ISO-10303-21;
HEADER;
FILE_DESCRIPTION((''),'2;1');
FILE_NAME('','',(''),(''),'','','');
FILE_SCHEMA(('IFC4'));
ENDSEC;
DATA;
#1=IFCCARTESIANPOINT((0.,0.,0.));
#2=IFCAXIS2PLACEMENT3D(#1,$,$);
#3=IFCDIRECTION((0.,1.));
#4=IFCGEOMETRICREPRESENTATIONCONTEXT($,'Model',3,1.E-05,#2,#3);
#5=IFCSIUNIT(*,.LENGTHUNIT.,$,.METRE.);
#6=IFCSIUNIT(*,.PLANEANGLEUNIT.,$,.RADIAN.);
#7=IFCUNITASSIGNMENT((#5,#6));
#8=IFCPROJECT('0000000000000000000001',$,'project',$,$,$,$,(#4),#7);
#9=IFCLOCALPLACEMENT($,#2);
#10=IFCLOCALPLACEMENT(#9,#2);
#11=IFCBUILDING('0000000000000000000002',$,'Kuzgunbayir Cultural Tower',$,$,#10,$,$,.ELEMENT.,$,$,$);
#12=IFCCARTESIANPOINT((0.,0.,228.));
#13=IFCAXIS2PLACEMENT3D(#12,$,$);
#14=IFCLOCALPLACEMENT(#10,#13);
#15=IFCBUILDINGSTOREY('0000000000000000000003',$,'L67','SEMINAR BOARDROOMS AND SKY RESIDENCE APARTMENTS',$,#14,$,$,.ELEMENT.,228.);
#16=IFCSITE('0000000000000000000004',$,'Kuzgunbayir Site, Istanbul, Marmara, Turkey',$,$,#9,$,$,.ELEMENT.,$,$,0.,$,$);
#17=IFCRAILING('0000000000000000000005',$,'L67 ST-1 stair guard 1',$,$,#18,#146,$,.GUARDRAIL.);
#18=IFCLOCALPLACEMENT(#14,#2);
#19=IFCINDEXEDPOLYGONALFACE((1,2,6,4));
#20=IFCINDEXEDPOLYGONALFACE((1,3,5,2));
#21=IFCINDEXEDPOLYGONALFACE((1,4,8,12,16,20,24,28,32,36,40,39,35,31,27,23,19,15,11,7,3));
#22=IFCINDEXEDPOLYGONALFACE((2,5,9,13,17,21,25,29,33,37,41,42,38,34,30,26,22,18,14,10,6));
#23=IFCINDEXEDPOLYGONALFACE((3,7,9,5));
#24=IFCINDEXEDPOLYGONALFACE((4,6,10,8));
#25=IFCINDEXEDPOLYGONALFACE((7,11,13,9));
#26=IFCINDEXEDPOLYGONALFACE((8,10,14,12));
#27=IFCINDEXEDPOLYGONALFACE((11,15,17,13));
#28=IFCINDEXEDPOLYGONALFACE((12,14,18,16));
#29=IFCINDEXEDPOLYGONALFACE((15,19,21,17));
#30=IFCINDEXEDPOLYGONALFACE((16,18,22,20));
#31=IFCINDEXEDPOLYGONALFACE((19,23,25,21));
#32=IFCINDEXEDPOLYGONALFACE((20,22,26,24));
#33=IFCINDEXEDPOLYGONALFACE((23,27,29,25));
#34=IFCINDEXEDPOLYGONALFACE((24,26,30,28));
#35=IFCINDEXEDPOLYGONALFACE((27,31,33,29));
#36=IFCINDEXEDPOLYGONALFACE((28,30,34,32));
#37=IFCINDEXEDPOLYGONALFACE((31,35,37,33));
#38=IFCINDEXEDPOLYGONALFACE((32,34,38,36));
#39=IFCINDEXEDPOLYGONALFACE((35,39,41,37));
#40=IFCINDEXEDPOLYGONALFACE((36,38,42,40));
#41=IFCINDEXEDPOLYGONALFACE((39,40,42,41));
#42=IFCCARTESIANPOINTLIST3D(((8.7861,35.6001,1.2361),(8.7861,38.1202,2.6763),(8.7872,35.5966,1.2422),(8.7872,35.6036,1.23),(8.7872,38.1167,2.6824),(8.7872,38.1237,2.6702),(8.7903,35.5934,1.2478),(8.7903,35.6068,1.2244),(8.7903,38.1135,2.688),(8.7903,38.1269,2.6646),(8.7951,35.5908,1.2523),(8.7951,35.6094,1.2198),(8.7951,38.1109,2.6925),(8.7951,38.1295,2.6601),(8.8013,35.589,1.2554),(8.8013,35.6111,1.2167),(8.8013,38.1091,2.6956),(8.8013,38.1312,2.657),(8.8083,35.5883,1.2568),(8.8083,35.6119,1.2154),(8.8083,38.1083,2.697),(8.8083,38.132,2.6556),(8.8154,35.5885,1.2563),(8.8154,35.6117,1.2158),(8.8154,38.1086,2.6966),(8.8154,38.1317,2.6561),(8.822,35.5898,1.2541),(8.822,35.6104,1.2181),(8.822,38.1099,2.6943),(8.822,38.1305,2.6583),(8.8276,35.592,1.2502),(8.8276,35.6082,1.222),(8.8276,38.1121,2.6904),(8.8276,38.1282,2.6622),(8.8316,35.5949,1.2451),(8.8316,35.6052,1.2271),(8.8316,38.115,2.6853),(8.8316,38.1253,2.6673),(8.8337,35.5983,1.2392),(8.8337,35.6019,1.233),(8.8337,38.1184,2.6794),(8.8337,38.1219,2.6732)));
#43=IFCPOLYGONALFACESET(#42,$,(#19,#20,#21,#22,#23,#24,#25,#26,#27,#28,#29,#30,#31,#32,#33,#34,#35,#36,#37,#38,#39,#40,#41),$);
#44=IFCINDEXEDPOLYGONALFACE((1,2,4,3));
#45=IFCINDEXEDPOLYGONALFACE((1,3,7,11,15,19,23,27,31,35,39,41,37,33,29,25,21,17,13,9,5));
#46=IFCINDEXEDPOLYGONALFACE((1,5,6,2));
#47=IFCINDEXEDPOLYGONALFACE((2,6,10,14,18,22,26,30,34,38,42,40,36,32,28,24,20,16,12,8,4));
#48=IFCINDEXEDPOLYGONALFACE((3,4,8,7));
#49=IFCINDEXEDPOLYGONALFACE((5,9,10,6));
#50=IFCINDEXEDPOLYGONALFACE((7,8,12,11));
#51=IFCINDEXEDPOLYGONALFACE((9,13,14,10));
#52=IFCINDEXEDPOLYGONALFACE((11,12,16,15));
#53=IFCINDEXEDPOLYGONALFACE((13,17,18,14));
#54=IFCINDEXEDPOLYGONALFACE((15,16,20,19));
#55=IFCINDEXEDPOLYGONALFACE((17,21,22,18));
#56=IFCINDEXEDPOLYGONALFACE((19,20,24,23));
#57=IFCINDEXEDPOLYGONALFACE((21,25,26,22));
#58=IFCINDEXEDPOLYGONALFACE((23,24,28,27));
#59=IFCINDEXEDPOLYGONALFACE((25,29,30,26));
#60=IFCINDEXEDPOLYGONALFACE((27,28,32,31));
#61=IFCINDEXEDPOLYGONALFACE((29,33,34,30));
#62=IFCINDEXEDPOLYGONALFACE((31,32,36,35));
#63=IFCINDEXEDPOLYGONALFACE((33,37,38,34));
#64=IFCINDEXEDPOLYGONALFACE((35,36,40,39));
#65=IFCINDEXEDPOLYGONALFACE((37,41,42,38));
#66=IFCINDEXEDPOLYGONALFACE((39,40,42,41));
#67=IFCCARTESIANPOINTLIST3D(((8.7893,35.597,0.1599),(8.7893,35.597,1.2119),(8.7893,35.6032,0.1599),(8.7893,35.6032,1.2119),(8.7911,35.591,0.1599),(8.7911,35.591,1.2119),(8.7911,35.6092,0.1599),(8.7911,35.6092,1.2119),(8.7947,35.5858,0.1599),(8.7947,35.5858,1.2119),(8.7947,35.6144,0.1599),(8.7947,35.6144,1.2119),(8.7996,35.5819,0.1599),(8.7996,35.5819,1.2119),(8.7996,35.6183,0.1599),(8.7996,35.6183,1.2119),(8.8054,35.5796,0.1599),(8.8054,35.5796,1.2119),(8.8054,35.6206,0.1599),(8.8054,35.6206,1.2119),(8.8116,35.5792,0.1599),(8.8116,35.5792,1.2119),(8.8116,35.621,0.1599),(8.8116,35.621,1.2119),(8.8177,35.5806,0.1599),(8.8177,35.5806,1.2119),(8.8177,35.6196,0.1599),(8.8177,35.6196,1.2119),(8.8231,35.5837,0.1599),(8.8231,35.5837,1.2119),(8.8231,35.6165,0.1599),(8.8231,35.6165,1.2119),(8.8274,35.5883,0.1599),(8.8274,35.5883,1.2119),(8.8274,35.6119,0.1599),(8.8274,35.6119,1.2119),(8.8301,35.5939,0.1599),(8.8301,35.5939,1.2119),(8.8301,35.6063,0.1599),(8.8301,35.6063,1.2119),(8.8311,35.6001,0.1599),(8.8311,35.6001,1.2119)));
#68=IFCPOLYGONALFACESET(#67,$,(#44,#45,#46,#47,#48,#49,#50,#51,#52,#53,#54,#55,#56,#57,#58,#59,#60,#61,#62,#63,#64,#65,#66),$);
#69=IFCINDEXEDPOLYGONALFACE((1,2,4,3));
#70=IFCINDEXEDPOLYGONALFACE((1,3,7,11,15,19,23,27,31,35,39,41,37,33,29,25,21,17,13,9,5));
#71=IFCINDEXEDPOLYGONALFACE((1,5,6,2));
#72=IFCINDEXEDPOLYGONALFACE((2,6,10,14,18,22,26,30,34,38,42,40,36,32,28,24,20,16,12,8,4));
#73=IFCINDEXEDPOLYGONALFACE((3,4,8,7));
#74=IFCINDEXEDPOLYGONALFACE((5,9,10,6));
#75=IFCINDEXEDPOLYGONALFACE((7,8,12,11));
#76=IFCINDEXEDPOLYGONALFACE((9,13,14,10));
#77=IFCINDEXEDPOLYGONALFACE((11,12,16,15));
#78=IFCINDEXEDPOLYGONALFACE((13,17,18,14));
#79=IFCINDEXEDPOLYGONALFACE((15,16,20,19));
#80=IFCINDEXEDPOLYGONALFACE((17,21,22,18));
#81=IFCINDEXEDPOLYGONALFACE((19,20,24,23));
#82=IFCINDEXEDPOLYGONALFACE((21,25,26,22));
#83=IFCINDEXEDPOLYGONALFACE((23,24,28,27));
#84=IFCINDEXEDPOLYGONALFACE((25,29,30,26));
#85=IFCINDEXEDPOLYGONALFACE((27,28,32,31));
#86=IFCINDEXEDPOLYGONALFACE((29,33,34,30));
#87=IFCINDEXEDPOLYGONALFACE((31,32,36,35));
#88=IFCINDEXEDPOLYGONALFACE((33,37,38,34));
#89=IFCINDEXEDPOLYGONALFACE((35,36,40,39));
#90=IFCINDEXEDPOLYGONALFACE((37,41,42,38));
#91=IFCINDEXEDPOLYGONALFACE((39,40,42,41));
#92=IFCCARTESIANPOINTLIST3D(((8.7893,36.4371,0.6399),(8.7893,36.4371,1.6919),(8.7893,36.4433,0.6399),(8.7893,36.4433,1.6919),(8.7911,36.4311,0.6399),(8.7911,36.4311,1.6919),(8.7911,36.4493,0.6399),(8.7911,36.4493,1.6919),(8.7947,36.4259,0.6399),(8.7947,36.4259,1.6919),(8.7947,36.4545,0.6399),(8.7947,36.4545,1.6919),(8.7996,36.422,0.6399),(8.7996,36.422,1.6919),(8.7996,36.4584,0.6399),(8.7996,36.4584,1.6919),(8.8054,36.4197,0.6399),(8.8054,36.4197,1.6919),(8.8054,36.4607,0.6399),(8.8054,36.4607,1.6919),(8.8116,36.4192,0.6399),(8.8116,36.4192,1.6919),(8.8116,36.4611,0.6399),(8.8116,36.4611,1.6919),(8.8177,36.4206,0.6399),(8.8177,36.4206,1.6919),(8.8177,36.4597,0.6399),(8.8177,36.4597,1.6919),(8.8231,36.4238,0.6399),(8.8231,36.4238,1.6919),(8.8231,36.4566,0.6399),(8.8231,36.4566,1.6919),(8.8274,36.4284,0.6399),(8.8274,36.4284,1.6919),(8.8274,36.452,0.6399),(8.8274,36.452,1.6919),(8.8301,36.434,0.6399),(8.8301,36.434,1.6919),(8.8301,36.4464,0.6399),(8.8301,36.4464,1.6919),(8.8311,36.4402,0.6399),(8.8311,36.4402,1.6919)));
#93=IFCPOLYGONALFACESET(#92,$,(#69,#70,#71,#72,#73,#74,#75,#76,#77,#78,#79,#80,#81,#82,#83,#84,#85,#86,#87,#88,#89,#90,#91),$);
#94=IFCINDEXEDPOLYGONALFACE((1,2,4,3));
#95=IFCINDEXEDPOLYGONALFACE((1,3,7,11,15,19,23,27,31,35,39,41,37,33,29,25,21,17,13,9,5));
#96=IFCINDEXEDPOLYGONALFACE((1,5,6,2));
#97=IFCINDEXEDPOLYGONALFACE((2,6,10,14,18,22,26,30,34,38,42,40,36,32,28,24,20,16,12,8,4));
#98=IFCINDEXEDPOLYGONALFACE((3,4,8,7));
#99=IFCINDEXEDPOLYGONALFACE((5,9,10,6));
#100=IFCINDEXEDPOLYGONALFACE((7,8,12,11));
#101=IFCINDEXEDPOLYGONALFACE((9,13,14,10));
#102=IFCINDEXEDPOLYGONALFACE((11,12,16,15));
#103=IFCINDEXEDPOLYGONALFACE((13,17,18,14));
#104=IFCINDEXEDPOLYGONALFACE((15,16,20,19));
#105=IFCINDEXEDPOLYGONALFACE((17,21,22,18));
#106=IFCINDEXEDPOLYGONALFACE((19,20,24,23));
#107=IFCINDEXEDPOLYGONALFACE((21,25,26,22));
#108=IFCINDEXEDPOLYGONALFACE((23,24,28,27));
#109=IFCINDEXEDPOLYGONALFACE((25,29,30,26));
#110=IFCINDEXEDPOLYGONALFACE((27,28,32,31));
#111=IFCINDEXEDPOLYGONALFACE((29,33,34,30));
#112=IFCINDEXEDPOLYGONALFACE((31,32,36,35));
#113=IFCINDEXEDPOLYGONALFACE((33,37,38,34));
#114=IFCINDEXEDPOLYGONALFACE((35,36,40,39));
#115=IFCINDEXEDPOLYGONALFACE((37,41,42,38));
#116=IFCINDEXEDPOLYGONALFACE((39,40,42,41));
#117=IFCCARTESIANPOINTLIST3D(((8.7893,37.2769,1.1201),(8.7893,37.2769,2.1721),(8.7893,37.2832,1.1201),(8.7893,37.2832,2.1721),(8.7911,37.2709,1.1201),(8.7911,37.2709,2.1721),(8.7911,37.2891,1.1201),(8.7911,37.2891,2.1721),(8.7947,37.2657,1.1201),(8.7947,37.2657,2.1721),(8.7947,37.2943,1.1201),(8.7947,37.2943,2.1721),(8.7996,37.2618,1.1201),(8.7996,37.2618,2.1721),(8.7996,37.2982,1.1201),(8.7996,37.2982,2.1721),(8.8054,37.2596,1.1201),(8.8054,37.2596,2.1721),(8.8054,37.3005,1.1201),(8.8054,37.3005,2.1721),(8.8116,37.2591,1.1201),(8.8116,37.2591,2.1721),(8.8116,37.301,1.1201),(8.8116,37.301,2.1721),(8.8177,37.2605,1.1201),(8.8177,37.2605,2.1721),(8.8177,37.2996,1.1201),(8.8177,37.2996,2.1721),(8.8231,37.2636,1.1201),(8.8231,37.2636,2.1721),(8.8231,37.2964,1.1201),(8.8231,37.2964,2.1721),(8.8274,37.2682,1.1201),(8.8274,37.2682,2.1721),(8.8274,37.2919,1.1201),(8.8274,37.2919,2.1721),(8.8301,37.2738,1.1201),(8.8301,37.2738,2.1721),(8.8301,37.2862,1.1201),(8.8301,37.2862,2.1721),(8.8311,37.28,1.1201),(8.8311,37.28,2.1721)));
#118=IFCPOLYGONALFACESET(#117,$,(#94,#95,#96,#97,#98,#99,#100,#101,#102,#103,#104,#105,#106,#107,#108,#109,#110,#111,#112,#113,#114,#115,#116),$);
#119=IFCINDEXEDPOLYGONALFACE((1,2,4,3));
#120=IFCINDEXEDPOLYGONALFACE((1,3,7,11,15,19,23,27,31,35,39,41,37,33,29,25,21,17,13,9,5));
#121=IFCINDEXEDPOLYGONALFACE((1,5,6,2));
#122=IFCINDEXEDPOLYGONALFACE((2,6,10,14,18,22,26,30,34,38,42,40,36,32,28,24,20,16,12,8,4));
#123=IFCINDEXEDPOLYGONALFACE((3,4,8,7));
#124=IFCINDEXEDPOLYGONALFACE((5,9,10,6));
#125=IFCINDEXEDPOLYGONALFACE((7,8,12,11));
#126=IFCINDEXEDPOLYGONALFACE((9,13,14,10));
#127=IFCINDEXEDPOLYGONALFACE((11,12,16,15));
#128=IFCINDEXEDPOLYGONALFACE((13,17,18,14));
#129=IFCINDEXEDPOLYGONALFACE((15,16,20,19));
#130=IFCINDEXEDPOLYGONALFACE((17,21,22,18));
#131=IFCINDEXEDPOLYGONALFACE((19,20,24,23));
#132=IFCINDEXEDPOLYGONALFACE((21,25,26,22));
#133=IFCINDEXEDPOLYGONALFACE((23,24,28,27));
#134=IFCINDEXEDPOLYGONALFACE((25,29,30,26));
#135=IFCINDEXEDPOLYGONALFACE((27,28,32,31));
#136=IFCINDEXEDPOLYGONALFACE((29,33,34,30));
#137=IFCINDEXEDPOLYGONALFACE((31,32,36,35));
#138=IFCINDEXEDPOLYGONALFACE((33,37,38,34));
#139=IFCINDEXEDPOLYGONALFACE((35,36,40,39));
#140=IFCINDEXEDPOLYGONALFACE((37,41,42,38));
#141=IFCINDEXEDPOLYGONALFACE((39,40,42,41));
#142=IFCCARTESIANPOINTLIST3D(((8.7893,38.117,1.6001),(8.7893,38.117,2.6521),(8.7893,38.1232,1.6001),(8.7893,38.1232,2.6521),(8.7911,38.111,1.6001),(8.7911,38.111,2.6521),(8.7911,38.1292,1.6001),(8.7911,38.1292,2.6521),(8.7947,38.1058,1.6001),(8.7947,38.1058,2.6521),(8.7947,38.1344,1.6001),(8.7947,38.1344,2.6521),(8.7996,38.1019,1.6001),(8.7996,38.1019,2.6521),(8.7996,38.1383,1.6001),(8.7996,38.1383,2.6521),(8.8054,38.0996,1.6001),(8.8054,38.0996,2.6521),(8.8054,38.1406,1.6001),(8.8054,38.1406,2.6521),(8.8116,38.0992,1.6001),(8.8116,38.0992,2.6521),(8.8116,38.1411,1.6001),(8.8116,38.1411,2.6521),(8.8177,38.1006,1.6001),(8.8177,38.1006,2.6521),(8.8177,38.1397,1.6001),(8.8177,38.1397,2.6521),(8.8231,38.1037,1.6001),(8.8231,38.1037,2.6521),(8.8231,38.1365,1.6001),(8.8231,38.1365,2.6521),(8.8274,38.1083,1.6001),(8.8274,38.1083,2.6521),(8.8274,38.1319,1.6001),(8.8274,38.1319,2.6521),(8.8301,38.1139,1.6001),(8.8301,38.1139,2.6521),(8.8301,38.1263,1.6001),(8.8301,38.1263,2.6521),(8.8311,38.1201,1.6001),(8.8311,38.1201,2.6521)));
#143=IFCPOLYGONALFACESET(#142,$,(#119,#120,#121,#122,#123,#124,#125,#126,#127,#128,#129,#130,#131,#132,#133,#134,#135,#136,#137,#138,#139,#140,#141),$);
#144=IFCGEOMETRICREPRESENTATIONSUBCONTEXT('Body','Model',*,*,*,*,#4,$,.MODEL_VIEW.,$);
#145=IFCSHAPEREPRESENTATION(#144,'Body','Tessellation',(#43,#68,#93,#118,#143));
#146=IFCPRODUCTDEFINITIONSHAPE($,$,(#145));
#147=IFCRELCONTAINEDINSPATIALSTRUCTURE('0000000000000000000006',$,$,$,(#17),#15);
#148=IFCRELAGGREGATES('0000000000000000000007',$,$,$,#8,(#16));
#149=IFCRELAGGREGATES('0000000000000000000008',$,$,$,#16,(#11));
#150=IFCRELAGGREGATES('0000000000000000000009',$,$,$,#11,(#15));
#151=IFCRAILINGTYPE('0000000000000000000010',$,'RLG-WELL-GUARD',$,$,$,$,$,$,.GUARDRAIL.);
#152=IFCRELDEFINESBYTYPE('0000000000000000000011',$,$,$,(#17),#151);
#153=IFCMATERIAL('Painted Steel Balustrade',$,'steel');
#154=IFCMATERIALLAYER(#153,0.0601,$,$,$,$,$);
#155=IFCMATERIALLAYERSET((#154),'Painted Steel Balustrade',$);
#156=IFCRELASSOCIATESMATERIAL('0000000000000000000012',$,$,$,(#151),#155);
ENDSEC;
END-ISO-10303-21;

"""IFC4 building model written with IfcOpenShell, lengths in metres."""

from ifc_helpers import new_model, si_unit, direction, frame, origin, origin_2d, place, context, subcontext, project, spatial, circle, extrude, material, layer, layer_set, type_object, element, save


model = new_model("IFC4")

# Units and contexts
model_context = context("Model", 3, precision=1e-05, world=origin(), true_north=direction((0.0, 1.0)))
body_context = subcontext(model_context, "Body", "Model", "MODEL_VIEW")
ifc_project = project(units=[si_unit("LENGTHUNIT", "METRE"), si_unit("PLANEANGLEUNIT", "RADIAN")], contexts=[model_context])

# Site, building, storey
site_placement = place(None, origin())
site = spatial("IfcSite", under=ifc_project, at=site_placement, Name="Kuzgunbayir Site, Istanbul, Marmara, Turkey", CompositionType="ELEMENT", RefElevation=0.0)
building_placement = place(site_placement, origin())
building = spatial("IfcBuilding", under=site, at=building_placement, Name="Kuzgunbayir Cultural Tower", CompositionType="ELEMENT")
storey_placement = place(building_placement, frame((0.0, 0.0, 228.0)))
storey = spatial("IfcBuildingStorey", under=building, at=storey_placement, Name="L67", Description="SEMINAR BOARDROOMS AND SKY RESIDENCE APARTMENTS", CompositionType="ELEMENT", Elevation=228.0)

# Railing
ifc_material_1 = material(Name="Painted Steel Balustrade", Category="steel")
ifc_layer_1 = layer(ifc_material_1, 0.0601)
ifc_layer_set_1 = layer_set([ifc_layer_1], Name="Painted Steel Balustrade")
railing_type = type_object("IfcRailingType", Name="RLG-WELL-GUARD", PredefinedType="GUARDRAIL", material=ifc_layer_set_1)
railing_1_placement = place(storey_placement, frame((8.8101, 35.6001, 0.1599)))
element("IfcRailing", 1, at=railing_1_placement, inside=storey, type_object=railing_type, Name="L67 ST-1 stair guard 1", PredefinedType="GUARDRAIL", context=body_context, shape_type="SweptSolid", body=[
    extrude(circle(Radius=0.0239, at=origin_2d()), frame((0.0, 0.0, 1.0762), z_axis=(0.0, 0.868217, 0.496184), x_axis=(-1.0, 0.0, 0.0)), (0.0, 0.0, 1.0), 2.9026),
    extrude(circle(Radius=0.021, at=origin_2d()), origin(), (0.0, 0.0, 1.0), 1.052),
    extrude(circle(Radius=0.021, at=origin_2d()), frame((0.0, 0.8401, 0.48)), (0.0, 0.0, 1.0), 1.052),
    extrude(circle(Radius=0.021, at=origin_2d()), frame((0.0, 1.6799, 0.9602)), (0.0, 0.0, 1.0), 1.052),
    extrude(circle(Radius=0.021, at=origin_2d()), frame((0.0, 2.52, 1.4402)), (0.0, 0.0, 1.0), 1.052),
])

save(model, "model.ifc")
